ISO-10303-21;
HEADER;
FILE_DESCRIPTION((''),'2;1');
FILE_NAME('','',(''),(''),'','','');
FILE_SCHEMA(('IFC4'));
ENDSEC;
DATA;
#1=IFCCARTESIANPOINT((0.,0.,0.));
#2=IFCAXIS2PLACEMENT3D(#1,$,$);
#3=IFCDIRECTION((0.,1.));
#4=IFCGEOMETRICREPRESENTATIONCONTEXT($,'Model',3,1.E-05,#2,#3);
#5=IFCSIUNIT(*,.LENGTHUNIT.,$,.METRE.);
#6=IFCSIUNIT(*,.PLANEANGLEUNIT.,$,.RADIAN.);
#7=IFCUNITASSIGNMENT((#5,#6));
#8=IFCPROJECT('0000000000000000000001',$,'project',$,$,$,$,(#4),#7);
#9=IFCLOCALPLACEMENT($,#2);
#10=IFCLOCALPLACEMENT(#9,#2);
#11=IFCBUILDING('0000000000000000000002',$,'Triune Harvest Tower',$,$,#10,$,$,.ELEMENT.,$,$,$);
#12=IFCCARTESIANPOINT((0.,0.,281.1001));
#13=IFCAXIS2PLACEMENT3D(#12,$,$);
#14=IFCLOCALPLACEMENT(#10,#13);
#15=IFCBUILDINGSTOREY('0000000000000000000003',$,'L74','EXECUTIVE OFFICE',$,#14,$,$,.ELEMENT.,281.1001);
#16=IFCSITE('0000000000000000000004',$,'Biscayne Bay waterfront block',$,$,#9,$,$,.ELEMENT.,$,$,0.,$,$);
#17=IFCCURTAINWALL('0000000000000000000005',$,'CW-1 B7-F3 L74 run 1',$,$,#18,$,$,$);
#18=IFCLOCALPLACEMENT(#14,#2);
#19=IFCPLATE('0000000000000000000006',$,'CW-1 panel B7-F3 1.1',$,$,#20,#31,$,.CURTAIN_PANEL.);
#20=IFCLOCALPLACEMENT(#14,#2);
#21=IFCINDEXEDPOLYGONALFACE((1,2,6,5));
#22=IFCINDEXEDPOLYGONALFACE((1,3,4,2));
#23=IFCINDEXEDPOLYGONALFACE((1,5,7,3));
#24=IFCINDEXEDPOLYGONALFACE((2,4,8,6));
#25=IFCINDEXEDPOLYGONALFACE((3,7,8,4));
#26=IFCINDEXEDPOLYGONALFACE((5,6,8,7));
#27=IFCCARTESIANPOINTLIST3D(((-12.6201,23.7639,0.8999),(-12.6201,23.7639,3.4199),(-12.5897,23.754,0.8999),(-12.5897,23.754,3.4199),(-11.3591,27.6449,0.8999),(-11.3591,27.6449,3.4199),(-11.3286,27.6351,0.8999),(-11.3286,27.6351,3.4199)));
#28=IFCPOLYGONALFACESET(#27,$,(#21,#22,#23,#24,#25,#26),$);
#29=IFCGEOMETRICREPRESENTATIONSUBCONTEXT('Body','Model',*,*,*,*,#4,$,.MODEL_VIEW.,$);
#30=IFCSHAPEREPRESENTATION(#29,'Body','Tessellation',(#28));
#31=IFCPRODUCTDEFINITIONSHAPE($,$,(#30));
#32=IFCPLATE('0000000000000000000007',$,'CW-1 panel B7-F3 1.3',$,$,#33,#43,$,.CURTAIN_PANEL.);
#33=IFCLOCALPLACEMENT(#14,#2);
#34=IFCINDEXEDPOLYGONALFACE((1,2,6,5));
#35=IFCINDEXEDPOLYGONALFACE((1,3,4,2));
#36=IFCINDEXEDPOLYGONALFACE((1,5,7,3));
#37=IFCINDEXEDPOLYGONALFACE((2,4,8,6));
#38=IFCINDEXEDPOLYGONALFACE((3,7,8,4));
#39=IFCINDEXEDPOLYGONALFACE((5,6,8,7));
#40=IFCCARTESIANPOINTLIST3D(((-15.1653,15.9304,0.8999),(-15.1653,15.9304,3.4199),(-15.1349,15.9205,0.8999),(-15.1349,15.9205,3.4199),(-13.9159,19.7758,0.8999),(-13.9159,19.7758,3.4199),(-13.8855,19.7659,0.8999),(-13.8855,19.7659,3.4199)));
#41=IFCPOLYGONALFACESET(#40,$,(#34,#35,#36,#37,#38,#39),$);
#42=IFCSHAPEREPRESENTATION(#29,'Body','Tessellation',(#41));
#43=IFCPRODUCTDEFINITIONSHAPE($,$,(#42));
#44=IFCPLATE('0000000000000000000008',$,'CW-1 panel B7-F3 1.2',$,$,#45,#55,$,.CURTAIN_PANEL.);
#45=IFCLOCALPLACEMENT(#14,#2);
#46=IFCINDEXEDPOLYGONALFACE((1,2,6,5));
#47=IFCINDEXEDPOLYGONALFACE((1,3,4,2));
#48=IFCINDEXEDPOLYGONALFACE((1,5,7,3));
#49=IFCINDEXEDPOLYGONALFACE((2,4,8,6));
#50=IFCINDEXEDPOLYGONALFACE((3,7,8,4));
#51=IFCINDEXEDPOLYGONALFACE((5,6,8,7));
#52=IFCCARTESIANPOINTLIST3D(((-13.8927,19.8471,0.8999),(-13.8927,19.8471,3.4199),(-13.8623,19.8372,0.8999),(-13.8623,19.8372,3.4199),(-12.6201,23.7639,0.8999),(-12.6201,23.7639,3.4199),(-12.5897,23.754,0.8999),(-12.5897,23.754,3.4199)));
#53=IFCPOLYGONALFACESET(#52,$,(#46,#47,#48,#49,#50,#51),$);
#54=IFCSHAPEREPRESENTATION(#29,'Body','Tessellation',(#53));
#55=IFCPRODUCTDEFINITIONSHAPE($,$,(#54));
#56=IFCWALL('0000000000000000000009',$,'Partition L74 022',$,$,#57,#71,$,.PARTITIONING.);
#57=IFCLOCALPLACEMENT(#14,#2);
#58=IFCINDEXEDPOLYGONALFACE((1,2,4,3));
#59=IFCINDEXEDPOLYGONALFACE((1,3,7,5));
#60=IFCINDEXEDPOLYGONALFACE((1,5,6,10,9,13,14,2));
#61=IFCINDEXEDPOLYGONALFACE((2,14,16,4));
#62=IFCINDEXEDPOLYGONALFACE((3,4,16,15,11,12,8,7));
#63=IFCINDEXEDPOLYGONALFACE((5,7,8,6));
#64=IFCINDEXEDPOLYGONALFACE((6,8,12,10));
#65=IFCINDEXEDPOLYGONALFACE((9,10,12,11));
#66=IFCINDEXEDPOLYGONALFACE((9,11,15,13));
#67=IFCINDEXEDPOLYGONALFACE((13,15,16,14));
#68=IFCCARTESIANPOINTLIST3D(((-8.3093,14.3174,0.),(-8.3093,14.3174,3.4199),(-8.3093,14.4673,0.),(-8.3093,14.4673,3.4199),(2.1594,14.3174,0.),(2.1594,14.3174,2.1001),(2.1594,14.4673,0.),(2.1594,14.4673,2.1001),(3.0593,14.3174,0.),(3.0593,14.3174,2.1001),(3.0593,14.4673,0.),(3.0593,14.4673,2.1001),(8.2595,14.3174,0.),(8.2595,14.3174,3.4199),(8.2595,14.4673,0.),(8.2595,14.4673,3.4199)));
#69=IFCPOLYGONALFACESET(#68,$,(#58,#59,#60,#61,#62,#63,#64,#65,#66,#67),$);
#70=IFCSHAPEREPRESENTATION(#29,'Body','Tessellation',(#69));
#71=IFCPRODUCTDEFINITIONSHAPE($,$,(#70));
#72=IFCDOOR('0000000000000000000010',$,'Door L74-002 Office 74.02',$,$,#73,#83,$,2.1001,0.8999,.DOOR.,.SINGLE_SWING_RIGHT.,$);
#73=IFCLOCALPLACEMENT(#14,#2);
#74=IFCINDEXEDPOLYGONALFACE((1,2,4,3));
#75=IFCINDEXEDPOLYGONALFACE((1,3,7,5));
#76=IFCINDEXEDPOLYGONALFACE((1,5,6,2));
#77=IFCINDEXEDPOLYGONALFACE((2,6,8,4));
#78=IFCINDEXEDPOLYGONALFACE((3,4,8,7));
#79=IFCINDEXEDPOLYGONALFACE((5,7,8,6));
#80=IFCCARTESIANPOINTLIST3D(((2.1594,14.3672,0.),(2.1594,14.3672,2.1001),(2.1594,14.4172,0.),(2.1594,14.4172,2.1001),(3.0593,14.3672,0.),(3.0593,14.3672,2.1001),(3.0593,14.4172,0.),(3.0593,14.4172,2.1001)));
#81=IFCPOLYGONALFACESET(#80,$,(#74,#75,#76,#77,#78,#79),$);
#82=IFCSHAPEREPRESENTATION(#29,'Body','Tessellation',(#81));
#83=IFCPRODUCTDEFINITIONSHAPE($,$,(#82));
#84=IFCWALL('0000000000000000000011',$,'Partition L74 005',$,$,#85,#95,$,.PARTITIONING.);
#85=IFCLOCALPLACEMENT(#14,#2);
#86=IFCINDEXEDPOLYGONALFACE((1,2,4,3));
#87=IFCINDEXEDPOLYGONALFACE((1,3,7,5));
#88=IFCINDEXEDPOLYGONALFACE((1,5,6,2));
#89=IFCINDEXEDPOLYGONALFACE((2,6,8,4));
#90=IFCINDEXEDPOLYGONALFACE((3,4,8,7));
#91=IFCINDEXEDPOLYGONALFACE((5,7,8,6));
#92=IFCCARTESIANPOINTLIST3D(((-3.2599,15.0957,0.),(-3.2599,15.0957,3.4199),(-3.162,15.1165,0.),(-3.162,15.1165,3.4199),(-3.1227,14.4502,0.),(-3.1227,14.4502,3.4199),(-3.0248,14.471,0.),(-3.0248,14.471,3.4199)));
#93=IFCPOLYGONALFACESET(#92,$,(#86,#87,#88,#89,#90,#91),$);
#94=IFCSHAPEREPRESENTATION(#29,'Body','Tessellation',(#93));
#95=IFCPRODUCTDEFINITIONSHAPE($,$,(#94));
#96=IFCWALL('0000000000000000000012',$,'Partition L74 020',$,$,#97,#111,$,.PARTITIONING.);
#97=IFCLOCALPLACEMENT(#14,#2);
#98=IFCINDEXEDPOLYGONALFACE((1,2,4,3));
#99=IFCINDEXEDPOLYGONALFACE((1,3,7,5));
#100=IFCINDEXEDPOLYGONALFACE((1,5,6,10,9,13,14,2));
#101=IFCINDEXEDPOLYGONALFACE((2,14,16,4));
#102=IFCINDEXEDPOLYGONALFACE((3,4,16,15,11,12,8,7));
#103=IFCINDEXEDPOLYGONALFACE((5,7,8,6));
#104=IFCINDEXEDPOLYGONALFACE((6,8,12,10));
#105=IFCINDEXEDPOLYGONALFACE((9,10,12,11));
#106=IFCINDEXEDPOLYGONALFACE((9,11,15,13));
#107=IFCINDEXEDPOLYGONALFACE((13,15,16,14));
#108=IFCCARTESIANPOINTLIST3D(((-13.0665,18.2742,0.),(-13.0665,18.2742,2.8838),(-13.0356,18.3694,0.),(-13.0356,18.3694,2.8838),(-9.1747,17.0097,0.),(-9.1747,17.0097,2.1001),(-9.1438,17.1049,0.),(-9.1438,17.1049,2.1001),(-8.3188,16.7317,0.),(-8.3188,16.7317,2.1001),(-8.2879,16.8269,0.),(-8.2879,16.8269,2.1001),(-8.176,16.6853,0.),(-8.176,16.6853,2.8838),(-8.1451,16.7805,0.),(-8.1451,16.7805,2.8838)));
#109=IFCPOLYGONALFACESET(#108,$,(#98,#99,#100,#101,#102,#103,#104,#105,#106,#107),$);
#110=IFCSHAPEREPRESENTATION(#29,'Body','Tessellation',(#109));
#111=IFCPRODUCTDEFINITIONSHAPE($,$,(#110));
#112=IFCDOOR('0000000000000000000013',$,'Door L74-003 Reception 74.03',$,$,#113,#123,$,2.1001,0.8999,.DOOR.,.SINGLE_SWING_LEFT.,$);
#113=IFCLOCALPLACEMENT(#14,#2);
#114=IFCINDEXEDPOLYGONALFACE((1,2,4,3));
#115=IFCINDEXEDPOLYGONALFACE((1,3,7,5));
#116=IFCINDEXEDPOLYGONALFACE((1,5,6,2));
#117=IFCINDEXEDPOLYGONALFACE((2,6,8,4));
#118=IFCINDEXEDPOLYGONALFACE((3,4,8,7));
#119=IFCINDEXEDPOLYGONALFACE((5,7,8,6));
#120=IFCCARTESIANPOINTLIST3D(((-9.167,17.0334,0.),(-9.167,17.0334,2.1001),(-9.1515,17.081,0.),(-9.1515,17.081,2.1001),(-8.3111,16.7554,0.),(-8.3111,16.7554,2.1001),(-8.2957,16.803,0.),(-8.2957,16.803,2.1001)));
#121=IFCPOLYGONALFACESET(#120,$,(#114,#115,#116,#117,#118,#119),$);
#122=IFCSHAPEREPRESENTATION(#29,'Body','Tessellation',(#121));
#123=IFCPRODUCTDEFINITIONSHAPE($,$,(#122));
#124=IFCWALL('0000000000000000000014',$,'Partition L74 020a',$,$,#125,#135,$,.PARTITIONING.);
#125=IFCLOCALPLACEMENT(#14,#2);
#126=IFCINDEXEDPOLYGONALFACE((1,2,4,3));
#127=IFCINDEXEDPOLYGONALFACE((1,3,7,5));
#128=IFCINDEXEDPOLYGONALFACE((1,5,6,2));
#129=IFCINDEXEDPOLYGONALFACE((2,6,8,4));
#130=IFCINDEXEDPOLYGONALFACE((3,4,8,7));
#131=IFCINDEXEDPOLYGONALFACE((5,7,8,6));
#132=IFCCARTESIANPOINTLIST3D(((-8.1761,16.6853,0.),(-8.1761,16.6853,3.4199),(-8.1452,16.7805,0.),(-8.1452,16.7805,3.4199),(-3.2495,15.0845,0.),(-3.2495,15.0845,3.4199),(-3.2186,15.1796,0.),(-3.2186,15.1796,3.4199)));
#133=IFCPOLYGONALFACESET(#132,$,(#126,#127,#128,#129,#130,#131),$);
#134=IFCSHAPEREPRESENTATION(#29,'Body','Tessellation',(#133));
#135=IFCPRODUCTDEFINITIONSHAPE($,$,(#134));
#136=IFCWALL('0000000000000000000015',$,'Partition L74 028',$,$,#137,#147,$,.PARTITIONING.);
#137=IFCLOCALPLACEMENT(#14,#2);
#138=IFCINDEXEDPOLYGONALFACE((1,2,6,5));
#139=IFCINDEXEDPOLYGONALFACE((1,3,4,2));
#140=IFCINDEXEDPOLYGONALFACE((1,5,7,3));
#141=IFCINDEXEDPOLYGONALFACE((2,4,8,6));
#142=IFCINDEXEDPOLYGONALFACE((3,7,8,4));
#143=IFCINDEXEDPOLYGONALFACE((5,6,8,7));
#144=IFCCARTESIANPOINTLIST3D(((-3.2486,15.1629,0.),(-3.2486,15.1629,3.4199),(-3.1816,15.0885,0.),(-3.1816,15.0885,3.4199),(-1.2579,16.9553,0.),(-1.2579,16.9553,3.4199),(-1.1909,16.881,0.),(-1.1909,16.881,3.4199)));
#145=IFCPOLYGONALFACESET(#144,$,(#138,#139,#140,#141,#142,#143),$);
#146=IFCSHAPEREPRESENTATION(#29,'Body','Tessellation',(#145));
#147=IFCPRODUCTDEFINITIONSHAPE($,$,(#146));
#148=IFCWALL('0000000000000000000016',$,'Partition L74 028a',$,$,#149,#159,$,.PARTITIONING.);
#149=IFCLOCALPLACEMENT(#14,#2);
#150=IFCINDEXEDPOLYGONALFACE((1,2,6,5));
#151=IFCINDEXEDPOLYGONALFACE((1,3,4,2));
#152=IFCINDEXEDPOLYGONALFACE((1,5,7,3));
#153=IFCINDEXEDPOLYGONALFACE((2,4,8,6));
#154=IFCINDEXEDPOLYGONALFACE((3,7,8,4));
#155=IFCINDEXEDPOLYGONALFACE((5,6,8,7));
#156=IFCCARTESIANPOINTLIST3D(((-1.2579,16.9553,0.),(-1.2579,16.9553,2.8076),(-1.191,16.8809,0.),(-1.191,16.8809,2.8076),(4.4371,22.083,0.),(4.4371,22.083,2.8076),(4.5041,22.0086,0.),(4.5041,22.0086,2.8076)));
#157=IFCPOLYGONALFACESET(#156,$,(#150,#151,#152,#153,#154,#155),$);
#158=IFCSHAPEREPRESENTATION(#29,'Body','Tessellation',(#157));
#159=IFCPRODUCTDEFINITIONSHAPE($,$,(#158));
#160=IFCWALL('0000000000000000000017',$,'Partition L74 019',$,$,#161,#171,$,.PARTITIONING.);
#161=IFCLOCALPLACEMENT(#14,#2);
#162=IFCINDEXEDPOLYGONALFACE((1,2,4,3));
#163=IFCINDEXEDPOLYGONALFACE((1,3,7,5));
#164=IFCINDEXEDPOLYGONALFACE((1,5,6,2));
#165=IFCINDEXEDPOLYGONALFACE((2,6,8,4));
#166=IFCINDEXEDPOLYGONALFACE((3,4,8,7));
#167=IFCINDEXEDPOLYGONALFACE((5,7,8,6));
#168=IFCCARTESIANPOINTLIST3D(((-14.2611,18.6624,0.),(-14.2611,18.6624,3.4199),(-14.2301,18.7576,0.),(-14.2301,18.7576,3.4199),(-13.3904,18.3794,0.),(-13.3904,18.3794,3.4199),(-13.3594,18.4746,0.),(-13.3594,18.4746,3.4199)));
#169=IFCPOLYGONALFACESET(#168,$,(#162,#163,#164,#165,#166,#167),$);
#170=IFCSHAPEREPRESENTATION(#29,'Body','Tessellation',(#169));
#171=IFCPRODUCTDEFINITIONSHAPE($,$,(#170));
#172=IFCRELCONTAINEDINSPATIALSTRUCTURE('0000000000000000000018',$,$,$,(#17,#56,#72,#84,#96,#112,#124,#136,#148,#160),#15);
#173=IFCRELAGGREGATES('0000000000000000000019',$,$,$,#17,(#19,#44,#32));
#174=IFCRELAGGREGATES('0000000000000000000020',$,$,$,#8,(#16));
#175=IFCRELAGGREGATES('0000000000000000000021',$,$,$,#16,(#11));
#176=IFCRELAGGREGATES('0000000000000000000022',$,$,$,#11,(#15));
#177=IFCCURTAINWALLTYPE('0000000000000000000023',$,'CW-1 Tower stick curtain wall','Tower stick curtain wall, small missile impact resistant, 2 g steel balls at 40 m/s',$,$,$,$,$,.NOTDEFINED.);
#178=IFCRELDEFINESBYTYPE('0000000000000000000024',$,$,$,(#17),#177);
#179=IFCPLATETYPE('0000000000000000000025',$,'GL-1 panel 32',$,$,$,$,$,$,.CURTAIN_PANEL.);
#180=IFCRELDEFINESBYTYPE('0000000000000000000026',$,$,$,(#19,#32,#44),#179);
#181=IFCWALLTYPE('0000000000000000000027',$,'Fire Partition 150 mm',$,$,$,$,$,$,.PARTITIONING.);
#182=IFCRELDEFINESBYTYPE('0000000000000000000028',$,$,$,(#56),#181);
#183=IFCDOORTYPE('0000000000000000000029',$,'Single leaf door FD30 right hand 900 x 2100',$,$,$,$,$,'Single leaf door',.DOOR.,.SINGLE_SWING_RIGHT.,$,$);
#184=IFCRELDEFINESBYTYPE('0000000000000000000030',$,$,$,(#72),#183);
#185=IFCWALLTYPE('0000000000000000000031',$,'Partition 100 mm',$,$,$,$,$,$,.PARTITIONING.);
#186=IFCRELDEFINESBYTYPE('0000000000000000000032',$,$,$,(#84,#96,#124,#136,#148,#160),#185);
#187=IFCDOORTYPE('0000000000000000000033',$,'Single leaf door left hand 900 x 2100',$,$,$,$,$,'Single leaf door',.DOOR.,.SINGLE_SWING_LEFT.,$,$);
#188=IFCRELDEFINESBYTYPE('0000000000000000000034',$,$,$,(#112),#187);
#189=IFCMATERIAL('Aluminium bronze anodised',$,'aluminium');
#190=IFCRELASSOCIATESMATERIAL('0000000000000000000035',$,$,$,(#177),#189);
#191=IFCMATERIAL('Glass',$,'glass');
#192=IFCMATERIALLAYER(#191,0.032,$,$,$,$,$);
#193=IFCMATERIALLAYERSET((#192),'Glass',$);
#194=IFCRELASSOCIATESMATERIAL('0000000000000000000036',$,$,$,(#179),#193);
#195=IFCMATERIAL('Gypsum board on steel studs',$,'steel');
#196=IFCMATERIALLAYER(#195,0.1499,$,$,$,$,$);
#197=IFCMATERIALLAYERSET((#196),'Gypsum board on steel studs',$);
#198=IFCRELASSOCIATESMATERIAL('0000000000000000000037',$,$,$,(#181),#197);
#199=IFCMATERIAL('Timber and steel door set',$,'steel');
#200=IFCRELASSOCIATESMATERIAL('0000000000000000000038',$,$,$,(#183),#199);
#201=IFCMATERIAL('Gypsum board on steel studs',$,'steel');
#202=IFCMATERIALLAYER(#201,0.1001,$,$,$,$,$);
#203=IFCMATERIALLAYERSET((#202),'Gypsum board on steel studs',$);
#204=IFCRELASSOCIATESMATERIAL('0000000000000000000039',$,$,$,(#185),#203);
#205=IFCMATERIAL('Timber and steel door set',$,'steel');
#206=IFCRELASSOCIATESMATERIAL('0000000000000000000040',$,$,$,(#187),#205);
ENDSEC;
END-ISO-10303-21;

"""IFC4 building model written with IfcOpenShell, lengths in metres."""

from ifc_helpers import new_model, si_unit, direction, frame, frame_2d, origin, origin_2d, place, context, subcontext, project, spatial, rectangle, extrude, source, transform, mapped, material, layer, layer_set, type_object, element, fill, aggregate, save


model = new_model("IFC4")

# Units and contexts
model_context = context("Model", 3, precision=1e-05, world=origin(), true_north=direction((0.0, 1.0)))
body_context = subcontext(model_context, "Body", "Model", "MODEL_VIEW")
ifc_project = project(units=[si_unit("LENGTHUNIT", "METRE"), si_unit("PLANEANGLEUNIT", "RADIAN")], contexts=[model_context])

# Site, building, storey
site_placement = place(None, origin())
site = spatial("IfcSite", under=ifc_project, at=site_placement, Name="Biscayne Bay waterfront block", CompositionType="ELEMENT", RefElevation=0.0)
building_placement = place(site_placement, origin())
building = spatial("IfcBuilding", under=site, at=building_placement, Name="Triune Harvest Tower", CompositionType="ELEMENT")
storey_placement = place(building_placement, frame((0.0, 0.0, 281.1001)))
storey = spatial("IfcBuildingStorey", under=building, at=storey_placement, Name="L74", Description="EXECUTIVE OFFICE", CompositionType="ELEMENT", Elevation=281.1001)

# Curtain wall
ifc_material_1 = material(Name="Aluminium bronze anodised", Category="aluminium")
curtain_wall_type_1 = type_object("IfcCurtainWallType", Name="CW-1 Tower stick curtain wall", Description="Tower stick curtain wall, small missile impact resistant, 2 g steel balls at 40 m/s", PredefinedType="NOTDEFINED", material=ifc_material_1)
curtain_wall_1_placement = place(storey_placement, origin())
curtain_wall_1 = element("IfcCurtainWall", 1, at=curtain_wall_1_placement, inside=storey, type_object=curtain_wall_type_1, Name="CW-1 B7-F3 L74 run 1")

# Plates
ifc_material_2 = material(Name="Glass", Category="glass")
ifc_layer_1 = layer(ifc_material_2, 0.032)
ifc_layer_set_1 = layer_set([ifc_layer_1], Name="Glass")
plate_type = type_object("IfcPlateType", Name="GL-1 panel 32", PredefinedType="CURTAIN_PANEL", material=ifc_layer_set_1)
shared_shape_1 = source(origin(), body_context, "Body", "SweptSolid", [
    extrude(rectangle(XDim=4.0808, YDim=0.032, at=origin_2d()), origin(), (0.0, 0.0, 1.0), 2.52),
])
plate_1_placement = place(storey_placement, frame((-11.9744, 25.6995, 0.8999), z_axis=(0.0, 0.0, 1.0), x_axis=(-0.309013, -0.951058, 0.0)))
plate_1 = element("IfcPlate", 2, at=plate_1_placement, type_object=plate_type, Name="CW-1 panel B7-F3 1.1", PredefinedType="CURTAIN_PANEL", context=body_context, shape_type="MappedRepresentation", body=[
    mapped(shared_shape_1, transform((0.0, 0.0, 0.0), scale=1.0)),
])
shared_shape_2 = source(origin(), body_context, "Body", "SweptSolid", [
    extrude(rectangle(XDim=4.0432, YDim=0.032, at=origin_2d()), origin(), (0.0, 0.0, 1.0), 2.52),
])
plate_2_placement = place(storey_placement, frame((-14.5254, 17.8481, 0.8999), z_axis=(0.0, 0.0, 1.0), x_axis=(-0.309013, -0.951058, 0.0)))
plate_2 = element("IfcPlate", 3, at=plate_2_placement, type_object=plate_type, Name="CW-1 panel B7-F3 1.3", PredefinedType="CURTAIN_PANEL", context=body_context, shape_type="MappedRepresentation", body=[
    mapped(shared_shape_2, transform((0.0, 0.0, 0.0), scale=1.0)),
])
shared_shape_3 = source(origin(), body_context, "Body", "SweptSolid", [
    extrude(rectangle(XDim=4.1184, YDim=0.032, at=origin_2d()), origin(), (0.0, 0.0, 1.0), 2.52),
])
plate_3_placement = place(storey_placement, frame((-13.2412, 21.8005, 0.8999), z_axis=(0.0, 0.0, 1.0), x_axis=(-0.309013, -0.951058, 0.0)))
plate_3 = element("IfcPlate", 4, at=plate_3_placement, type_object=plate_type, Name="CW-1 panel B7-F3 1.2", PredefinedType="CURTAIN_PANEL", context=body_context, shape_type="MappedRepresentation", body=[
    mapped(shared_shape_3, transform((0.0, 0.0, 0.0), scale=1.0)),
])
aggregate(curtain_wall_1, [plate_1, plate_3, plate_2])

# Wall, opening, door
ifc_material_3 = material(Name="Gypsum board on steel studs", Category="steel")
ifc_layer_2 = layer(ifc_material_3, 0.1499)
ifc_layer_set_2 = layer_set([ifc_layer_2], Name="Gypsum board on steel studs")
wall_type_1 = type_object("IfcWallType", Name="Fire Partition 150 mm", PredefinedType="PARTITIONING", material=ifc_layer_set_2)
wall_1_placement = place(storey_placement, frame((-8.3093, 14.3923, 0.0), z_axis=(0.0, 0.0, 1.0), x_axis=(1.0, 0.0, 0.0)))
wall_1 = element("IfcWall", 5, at=wall_1_placement, inside=storey, type_object=wall_type_1, Name="Partition L74 022", PredefinedType="PARTITIONING", context=body_context, shape_type="SweptSolid", body=[
    extrude(rectangle(XDim=16.5688, YDim=0.1499, at=frame_2d((8.2844, 0.0))), origin(), (0.0, 0.0, 1.0), 3.4199),
])
opening_1_placement = place(wall_1_placement, frame((10.4688, 0.0, 0.0)))
opening_1 = element("IfcOpeningElement", 6, at=opening_1_placement, cuts=wall_1, PredefinedType="OPENING", context=body_context, shape_type="SweptSolid", body=[
    extrude(rectangle(XDim=0.8999, YDim=2.1001, at=frame_2d((0.45, 1.05))), frame((0.0, 0.085, 0.0), z_axis=(0.0, -1.0, 0.0), x_axis=(1.0, 0.0, 0.0)), (0.0, 0.0, 1.0), 0.1699),
])
ifc_material_4 = material(Name="Timber and steel door set", Category="steel")
door_type_1 = type_object("IfcDoorType", Name="Single leaf door FD30 right hand 900 x 2100", ElementType="Single leaf door", OperationType="SINGLE_SWING_RIGHT", PredefinedType="DOOR", material=ifc_material_4)
door_1_placement = place(opening_1_placement, origin())
door_1 = element("IfcDoor", 7, at=door_1_placement, inside=storey, type_object=door_type_1, Name="Door L74-002 Office 74.02", OperationType="SINGLE_SWING_RIGHT", OverallHeight=2.1001, OverallWidth=0.8999, PredefinedType="DOOR", context=body_context, shape_type="SweptSolid", body=[
    extrude(rectangle(XDim=0.8999, YDim=2.1001, at=frame_2d((0.45, 1.05))), frame((0.0, 0.0249, 0.0), z_axis=(0.0, -1.0, 0.0), x_axis=(1.0, 0.0, 0.0)), (0.0, 0.0, 1.0), 0.05),
])
fill(opening_1, door_1)

# Wall
ifc_material_5 = material(Name="Gypsum board on steel studs", Category="steel")
ifc_layer_3 = layer(ifc_material_5, 0.1001)
ifc_layer_set_3 = layer_set([ifc_layer_3], Name="Gypsum board on steel studs")
wall_type_2 = type_object("IfcWallType", Name="Partition 100 mm", PredefinedType="PARTITIONING", material=ifc_layer_set_3)
wall_2_placement = place(storey_placement, frame((-3.2109, 15.1062, 0.0), z_axis=(0.0, 0.0, 1.0), x_axis=(0.207912, -0.978148, 0.0)))
element("IfcWall", 8, at=wall_2_placement, inside=storey, type_object=wall_type_2, Name="Partition L74 005", PredefinedType="PARTITIONING", context=body_context, shape_type="SweptSolid", body=[
    extrude(rectangle(XDim=0.6599, YDim=0.1001, at=frame_2d((0.3301, 0.0))), origin(), (0.0, 0.0, 1.0), 3.4199),
])

# Wall, opening, door
wall_3_placement = place(storey_placement, frame((-13.051, 18.3218, 0.0), z_axis=(0.0, 0.0, 1.0), x_axis=(0.951063, -0.308997, 0.0)))
wall_3 = element("IfcWall", 9, at=wall_3_placement, inside=storey, type_object=wall_type_2, Name="Partition L74 020", PredefinedType="PARTITIONING", context=body_context, shape_type="SweptSolid", body=[
    extrude(rectangle(XDim=5.1421, YDim=0.1001, at=frame_2d((2.571, 0.0))), origin(), (0.0, 0.0, 1.0), 2.8838),
])
opening_2_placement = place(wall_3_placement, frame((4.092, 0.0, 0.0)))
opening_2 = element("IfcOpeningElement", 10, at=opening_2_placement, cuts=wall_3, PredefinedType="OPENING", context=body_context, shape_type="SweptSolid", body=[
    extrude(rectangle(XDim=0.8999, YDim=2.1001, at=frame_2d((0.45, 1.05))), frame((0.0, 0.0601, 0.0), z_axis=(0.0, -1.0, 0.0), x_axis=(1.0, 0.0, 0.0)), (0.0, 0.0, 1.0), 0.1201),
])
ifc_material_6 = material(Name="Timber and steel door set", Category="steel")
door_type_2 = type_object("IfcDoorType", Name="Single leaf door left hand 900 x 2100", ElementType="Single leaf door", OperationType="SINGLE_SWING_LEFT", PredefinedType="DOOR", material=ifc_material_6)
door_2_placement = place(opening_2_placement, origin())
door_2 = element("IfcDoor", 11, at=door_2_placement, inside=storey, type_object=door_type_2, Name="Door L74-003 Reception 74.03", OperationType="SINGLE_SWING_LEFT", OverallHeight=2.1001, OverallWidth=0.8999, PredefinedType="DOOR", context=body_context, shape_type="SweptSolid", body=[
    extrude(rectangle(XDim=0.8999, YDim=2.1001, at=frame_2d((0.45, 1.05))), frame((0.0, 0.0249, 0.0), z_axis=(0.0, -1.0, 0.0), x_axis=(1.0, 0.0, 0.0)), (0.0, 0.0, 1.0), 0.05),
])
fill(opening_2, door_2)

# Walls
wall_4_placement = place(storey_placement, frame((-8.1606, 16.7329, 0.0), z_axis=(0.0, 0.0, 1.0), x_axis=(0.95105, -0.309036, 0.0)))
element("IfcWall", 12, at=wall_4_placement, inside=storey, type_object=wall_type_2, Name="Partition L74 020a", PredefinedType="PARTITIONING", context=body_context, shape_type="SweptSolid", body=[
    extrude(rectangle(XDim=5.1802, YDim=0.1001, at=frame_2d((2.5901, 0.0))), origin(), (0.0, 0.0, 1.0), 3.4199),
])
wall_5_placement = place(storey_placement, frame((-3.2151, 15.1257, 0.0), z_axis=(0.0, 0.0, 1.0), x_axis=(0.74314, 0.669136, 0.0)))
element("IfcWall", 13, at=wall_5_placement, inside=storey, type_object=wall_type_2, Name="Partition L74 028", PredefinedType="PARTITIONING", context=body_context, shape_type="SweptSolid", body=[
    extrude(rectangle(XDim=2.6787, YDim=0.1001, at=frame_2d((1.3394, 0.0))), origin(), (0.0, 0.0, 1.0), 3.4199),
])
wall_6_placement = place(storey_placement, frame((-1.2244, 16.9182, 0.0), z_axis=(0.0, 0.0, 1.0), x_axis=(0.743156, 0.669118, 0.0)))
element("IfcWall", 14, at=wall_6_placement, inside=storey, type_object=wall_type_2, Name="Partition L74 028a", PredefinedType="PARTITIONING", context=body_context, shape_type="SweptSolid", body=[
    extrude(rectangle(XDim=7.6633, YDim=0.1001, at=frame_2d((3.8315, 0.0))), origin(), (0.0, 0.0, 1.0), 2.8076),
])
shared_shape_4 = source(origin(), body_context, "Body", "SweptSolid", [
    extrude(rectangle(XDim=0.9155, YDim=0.1001, at=frame_2d((0.4578, 0.0))), origin(), (0.0, 0.0, 1.0), 3.4199),
])
wall_7_placement = place(storey_placement, frame((-14.2456, 18.71, 0.0), z_axis=(0.0, 0.0, 1.0), x_axis=(0.95103, -0.309098, 0.0)))
element("IfcWall", 15, at=wall_7_placement, inside=storey, type_object=wall_type_2, Name="Partition L74 019", PredefinedType="PARTITIONING", context=body_context, shape_type="MappedRepresentation", body=[
    mapped(shared_shape_4, transform((0.0, 0.0, 0.0), scale=1.0)),
])

save(model, "model.ifc")
